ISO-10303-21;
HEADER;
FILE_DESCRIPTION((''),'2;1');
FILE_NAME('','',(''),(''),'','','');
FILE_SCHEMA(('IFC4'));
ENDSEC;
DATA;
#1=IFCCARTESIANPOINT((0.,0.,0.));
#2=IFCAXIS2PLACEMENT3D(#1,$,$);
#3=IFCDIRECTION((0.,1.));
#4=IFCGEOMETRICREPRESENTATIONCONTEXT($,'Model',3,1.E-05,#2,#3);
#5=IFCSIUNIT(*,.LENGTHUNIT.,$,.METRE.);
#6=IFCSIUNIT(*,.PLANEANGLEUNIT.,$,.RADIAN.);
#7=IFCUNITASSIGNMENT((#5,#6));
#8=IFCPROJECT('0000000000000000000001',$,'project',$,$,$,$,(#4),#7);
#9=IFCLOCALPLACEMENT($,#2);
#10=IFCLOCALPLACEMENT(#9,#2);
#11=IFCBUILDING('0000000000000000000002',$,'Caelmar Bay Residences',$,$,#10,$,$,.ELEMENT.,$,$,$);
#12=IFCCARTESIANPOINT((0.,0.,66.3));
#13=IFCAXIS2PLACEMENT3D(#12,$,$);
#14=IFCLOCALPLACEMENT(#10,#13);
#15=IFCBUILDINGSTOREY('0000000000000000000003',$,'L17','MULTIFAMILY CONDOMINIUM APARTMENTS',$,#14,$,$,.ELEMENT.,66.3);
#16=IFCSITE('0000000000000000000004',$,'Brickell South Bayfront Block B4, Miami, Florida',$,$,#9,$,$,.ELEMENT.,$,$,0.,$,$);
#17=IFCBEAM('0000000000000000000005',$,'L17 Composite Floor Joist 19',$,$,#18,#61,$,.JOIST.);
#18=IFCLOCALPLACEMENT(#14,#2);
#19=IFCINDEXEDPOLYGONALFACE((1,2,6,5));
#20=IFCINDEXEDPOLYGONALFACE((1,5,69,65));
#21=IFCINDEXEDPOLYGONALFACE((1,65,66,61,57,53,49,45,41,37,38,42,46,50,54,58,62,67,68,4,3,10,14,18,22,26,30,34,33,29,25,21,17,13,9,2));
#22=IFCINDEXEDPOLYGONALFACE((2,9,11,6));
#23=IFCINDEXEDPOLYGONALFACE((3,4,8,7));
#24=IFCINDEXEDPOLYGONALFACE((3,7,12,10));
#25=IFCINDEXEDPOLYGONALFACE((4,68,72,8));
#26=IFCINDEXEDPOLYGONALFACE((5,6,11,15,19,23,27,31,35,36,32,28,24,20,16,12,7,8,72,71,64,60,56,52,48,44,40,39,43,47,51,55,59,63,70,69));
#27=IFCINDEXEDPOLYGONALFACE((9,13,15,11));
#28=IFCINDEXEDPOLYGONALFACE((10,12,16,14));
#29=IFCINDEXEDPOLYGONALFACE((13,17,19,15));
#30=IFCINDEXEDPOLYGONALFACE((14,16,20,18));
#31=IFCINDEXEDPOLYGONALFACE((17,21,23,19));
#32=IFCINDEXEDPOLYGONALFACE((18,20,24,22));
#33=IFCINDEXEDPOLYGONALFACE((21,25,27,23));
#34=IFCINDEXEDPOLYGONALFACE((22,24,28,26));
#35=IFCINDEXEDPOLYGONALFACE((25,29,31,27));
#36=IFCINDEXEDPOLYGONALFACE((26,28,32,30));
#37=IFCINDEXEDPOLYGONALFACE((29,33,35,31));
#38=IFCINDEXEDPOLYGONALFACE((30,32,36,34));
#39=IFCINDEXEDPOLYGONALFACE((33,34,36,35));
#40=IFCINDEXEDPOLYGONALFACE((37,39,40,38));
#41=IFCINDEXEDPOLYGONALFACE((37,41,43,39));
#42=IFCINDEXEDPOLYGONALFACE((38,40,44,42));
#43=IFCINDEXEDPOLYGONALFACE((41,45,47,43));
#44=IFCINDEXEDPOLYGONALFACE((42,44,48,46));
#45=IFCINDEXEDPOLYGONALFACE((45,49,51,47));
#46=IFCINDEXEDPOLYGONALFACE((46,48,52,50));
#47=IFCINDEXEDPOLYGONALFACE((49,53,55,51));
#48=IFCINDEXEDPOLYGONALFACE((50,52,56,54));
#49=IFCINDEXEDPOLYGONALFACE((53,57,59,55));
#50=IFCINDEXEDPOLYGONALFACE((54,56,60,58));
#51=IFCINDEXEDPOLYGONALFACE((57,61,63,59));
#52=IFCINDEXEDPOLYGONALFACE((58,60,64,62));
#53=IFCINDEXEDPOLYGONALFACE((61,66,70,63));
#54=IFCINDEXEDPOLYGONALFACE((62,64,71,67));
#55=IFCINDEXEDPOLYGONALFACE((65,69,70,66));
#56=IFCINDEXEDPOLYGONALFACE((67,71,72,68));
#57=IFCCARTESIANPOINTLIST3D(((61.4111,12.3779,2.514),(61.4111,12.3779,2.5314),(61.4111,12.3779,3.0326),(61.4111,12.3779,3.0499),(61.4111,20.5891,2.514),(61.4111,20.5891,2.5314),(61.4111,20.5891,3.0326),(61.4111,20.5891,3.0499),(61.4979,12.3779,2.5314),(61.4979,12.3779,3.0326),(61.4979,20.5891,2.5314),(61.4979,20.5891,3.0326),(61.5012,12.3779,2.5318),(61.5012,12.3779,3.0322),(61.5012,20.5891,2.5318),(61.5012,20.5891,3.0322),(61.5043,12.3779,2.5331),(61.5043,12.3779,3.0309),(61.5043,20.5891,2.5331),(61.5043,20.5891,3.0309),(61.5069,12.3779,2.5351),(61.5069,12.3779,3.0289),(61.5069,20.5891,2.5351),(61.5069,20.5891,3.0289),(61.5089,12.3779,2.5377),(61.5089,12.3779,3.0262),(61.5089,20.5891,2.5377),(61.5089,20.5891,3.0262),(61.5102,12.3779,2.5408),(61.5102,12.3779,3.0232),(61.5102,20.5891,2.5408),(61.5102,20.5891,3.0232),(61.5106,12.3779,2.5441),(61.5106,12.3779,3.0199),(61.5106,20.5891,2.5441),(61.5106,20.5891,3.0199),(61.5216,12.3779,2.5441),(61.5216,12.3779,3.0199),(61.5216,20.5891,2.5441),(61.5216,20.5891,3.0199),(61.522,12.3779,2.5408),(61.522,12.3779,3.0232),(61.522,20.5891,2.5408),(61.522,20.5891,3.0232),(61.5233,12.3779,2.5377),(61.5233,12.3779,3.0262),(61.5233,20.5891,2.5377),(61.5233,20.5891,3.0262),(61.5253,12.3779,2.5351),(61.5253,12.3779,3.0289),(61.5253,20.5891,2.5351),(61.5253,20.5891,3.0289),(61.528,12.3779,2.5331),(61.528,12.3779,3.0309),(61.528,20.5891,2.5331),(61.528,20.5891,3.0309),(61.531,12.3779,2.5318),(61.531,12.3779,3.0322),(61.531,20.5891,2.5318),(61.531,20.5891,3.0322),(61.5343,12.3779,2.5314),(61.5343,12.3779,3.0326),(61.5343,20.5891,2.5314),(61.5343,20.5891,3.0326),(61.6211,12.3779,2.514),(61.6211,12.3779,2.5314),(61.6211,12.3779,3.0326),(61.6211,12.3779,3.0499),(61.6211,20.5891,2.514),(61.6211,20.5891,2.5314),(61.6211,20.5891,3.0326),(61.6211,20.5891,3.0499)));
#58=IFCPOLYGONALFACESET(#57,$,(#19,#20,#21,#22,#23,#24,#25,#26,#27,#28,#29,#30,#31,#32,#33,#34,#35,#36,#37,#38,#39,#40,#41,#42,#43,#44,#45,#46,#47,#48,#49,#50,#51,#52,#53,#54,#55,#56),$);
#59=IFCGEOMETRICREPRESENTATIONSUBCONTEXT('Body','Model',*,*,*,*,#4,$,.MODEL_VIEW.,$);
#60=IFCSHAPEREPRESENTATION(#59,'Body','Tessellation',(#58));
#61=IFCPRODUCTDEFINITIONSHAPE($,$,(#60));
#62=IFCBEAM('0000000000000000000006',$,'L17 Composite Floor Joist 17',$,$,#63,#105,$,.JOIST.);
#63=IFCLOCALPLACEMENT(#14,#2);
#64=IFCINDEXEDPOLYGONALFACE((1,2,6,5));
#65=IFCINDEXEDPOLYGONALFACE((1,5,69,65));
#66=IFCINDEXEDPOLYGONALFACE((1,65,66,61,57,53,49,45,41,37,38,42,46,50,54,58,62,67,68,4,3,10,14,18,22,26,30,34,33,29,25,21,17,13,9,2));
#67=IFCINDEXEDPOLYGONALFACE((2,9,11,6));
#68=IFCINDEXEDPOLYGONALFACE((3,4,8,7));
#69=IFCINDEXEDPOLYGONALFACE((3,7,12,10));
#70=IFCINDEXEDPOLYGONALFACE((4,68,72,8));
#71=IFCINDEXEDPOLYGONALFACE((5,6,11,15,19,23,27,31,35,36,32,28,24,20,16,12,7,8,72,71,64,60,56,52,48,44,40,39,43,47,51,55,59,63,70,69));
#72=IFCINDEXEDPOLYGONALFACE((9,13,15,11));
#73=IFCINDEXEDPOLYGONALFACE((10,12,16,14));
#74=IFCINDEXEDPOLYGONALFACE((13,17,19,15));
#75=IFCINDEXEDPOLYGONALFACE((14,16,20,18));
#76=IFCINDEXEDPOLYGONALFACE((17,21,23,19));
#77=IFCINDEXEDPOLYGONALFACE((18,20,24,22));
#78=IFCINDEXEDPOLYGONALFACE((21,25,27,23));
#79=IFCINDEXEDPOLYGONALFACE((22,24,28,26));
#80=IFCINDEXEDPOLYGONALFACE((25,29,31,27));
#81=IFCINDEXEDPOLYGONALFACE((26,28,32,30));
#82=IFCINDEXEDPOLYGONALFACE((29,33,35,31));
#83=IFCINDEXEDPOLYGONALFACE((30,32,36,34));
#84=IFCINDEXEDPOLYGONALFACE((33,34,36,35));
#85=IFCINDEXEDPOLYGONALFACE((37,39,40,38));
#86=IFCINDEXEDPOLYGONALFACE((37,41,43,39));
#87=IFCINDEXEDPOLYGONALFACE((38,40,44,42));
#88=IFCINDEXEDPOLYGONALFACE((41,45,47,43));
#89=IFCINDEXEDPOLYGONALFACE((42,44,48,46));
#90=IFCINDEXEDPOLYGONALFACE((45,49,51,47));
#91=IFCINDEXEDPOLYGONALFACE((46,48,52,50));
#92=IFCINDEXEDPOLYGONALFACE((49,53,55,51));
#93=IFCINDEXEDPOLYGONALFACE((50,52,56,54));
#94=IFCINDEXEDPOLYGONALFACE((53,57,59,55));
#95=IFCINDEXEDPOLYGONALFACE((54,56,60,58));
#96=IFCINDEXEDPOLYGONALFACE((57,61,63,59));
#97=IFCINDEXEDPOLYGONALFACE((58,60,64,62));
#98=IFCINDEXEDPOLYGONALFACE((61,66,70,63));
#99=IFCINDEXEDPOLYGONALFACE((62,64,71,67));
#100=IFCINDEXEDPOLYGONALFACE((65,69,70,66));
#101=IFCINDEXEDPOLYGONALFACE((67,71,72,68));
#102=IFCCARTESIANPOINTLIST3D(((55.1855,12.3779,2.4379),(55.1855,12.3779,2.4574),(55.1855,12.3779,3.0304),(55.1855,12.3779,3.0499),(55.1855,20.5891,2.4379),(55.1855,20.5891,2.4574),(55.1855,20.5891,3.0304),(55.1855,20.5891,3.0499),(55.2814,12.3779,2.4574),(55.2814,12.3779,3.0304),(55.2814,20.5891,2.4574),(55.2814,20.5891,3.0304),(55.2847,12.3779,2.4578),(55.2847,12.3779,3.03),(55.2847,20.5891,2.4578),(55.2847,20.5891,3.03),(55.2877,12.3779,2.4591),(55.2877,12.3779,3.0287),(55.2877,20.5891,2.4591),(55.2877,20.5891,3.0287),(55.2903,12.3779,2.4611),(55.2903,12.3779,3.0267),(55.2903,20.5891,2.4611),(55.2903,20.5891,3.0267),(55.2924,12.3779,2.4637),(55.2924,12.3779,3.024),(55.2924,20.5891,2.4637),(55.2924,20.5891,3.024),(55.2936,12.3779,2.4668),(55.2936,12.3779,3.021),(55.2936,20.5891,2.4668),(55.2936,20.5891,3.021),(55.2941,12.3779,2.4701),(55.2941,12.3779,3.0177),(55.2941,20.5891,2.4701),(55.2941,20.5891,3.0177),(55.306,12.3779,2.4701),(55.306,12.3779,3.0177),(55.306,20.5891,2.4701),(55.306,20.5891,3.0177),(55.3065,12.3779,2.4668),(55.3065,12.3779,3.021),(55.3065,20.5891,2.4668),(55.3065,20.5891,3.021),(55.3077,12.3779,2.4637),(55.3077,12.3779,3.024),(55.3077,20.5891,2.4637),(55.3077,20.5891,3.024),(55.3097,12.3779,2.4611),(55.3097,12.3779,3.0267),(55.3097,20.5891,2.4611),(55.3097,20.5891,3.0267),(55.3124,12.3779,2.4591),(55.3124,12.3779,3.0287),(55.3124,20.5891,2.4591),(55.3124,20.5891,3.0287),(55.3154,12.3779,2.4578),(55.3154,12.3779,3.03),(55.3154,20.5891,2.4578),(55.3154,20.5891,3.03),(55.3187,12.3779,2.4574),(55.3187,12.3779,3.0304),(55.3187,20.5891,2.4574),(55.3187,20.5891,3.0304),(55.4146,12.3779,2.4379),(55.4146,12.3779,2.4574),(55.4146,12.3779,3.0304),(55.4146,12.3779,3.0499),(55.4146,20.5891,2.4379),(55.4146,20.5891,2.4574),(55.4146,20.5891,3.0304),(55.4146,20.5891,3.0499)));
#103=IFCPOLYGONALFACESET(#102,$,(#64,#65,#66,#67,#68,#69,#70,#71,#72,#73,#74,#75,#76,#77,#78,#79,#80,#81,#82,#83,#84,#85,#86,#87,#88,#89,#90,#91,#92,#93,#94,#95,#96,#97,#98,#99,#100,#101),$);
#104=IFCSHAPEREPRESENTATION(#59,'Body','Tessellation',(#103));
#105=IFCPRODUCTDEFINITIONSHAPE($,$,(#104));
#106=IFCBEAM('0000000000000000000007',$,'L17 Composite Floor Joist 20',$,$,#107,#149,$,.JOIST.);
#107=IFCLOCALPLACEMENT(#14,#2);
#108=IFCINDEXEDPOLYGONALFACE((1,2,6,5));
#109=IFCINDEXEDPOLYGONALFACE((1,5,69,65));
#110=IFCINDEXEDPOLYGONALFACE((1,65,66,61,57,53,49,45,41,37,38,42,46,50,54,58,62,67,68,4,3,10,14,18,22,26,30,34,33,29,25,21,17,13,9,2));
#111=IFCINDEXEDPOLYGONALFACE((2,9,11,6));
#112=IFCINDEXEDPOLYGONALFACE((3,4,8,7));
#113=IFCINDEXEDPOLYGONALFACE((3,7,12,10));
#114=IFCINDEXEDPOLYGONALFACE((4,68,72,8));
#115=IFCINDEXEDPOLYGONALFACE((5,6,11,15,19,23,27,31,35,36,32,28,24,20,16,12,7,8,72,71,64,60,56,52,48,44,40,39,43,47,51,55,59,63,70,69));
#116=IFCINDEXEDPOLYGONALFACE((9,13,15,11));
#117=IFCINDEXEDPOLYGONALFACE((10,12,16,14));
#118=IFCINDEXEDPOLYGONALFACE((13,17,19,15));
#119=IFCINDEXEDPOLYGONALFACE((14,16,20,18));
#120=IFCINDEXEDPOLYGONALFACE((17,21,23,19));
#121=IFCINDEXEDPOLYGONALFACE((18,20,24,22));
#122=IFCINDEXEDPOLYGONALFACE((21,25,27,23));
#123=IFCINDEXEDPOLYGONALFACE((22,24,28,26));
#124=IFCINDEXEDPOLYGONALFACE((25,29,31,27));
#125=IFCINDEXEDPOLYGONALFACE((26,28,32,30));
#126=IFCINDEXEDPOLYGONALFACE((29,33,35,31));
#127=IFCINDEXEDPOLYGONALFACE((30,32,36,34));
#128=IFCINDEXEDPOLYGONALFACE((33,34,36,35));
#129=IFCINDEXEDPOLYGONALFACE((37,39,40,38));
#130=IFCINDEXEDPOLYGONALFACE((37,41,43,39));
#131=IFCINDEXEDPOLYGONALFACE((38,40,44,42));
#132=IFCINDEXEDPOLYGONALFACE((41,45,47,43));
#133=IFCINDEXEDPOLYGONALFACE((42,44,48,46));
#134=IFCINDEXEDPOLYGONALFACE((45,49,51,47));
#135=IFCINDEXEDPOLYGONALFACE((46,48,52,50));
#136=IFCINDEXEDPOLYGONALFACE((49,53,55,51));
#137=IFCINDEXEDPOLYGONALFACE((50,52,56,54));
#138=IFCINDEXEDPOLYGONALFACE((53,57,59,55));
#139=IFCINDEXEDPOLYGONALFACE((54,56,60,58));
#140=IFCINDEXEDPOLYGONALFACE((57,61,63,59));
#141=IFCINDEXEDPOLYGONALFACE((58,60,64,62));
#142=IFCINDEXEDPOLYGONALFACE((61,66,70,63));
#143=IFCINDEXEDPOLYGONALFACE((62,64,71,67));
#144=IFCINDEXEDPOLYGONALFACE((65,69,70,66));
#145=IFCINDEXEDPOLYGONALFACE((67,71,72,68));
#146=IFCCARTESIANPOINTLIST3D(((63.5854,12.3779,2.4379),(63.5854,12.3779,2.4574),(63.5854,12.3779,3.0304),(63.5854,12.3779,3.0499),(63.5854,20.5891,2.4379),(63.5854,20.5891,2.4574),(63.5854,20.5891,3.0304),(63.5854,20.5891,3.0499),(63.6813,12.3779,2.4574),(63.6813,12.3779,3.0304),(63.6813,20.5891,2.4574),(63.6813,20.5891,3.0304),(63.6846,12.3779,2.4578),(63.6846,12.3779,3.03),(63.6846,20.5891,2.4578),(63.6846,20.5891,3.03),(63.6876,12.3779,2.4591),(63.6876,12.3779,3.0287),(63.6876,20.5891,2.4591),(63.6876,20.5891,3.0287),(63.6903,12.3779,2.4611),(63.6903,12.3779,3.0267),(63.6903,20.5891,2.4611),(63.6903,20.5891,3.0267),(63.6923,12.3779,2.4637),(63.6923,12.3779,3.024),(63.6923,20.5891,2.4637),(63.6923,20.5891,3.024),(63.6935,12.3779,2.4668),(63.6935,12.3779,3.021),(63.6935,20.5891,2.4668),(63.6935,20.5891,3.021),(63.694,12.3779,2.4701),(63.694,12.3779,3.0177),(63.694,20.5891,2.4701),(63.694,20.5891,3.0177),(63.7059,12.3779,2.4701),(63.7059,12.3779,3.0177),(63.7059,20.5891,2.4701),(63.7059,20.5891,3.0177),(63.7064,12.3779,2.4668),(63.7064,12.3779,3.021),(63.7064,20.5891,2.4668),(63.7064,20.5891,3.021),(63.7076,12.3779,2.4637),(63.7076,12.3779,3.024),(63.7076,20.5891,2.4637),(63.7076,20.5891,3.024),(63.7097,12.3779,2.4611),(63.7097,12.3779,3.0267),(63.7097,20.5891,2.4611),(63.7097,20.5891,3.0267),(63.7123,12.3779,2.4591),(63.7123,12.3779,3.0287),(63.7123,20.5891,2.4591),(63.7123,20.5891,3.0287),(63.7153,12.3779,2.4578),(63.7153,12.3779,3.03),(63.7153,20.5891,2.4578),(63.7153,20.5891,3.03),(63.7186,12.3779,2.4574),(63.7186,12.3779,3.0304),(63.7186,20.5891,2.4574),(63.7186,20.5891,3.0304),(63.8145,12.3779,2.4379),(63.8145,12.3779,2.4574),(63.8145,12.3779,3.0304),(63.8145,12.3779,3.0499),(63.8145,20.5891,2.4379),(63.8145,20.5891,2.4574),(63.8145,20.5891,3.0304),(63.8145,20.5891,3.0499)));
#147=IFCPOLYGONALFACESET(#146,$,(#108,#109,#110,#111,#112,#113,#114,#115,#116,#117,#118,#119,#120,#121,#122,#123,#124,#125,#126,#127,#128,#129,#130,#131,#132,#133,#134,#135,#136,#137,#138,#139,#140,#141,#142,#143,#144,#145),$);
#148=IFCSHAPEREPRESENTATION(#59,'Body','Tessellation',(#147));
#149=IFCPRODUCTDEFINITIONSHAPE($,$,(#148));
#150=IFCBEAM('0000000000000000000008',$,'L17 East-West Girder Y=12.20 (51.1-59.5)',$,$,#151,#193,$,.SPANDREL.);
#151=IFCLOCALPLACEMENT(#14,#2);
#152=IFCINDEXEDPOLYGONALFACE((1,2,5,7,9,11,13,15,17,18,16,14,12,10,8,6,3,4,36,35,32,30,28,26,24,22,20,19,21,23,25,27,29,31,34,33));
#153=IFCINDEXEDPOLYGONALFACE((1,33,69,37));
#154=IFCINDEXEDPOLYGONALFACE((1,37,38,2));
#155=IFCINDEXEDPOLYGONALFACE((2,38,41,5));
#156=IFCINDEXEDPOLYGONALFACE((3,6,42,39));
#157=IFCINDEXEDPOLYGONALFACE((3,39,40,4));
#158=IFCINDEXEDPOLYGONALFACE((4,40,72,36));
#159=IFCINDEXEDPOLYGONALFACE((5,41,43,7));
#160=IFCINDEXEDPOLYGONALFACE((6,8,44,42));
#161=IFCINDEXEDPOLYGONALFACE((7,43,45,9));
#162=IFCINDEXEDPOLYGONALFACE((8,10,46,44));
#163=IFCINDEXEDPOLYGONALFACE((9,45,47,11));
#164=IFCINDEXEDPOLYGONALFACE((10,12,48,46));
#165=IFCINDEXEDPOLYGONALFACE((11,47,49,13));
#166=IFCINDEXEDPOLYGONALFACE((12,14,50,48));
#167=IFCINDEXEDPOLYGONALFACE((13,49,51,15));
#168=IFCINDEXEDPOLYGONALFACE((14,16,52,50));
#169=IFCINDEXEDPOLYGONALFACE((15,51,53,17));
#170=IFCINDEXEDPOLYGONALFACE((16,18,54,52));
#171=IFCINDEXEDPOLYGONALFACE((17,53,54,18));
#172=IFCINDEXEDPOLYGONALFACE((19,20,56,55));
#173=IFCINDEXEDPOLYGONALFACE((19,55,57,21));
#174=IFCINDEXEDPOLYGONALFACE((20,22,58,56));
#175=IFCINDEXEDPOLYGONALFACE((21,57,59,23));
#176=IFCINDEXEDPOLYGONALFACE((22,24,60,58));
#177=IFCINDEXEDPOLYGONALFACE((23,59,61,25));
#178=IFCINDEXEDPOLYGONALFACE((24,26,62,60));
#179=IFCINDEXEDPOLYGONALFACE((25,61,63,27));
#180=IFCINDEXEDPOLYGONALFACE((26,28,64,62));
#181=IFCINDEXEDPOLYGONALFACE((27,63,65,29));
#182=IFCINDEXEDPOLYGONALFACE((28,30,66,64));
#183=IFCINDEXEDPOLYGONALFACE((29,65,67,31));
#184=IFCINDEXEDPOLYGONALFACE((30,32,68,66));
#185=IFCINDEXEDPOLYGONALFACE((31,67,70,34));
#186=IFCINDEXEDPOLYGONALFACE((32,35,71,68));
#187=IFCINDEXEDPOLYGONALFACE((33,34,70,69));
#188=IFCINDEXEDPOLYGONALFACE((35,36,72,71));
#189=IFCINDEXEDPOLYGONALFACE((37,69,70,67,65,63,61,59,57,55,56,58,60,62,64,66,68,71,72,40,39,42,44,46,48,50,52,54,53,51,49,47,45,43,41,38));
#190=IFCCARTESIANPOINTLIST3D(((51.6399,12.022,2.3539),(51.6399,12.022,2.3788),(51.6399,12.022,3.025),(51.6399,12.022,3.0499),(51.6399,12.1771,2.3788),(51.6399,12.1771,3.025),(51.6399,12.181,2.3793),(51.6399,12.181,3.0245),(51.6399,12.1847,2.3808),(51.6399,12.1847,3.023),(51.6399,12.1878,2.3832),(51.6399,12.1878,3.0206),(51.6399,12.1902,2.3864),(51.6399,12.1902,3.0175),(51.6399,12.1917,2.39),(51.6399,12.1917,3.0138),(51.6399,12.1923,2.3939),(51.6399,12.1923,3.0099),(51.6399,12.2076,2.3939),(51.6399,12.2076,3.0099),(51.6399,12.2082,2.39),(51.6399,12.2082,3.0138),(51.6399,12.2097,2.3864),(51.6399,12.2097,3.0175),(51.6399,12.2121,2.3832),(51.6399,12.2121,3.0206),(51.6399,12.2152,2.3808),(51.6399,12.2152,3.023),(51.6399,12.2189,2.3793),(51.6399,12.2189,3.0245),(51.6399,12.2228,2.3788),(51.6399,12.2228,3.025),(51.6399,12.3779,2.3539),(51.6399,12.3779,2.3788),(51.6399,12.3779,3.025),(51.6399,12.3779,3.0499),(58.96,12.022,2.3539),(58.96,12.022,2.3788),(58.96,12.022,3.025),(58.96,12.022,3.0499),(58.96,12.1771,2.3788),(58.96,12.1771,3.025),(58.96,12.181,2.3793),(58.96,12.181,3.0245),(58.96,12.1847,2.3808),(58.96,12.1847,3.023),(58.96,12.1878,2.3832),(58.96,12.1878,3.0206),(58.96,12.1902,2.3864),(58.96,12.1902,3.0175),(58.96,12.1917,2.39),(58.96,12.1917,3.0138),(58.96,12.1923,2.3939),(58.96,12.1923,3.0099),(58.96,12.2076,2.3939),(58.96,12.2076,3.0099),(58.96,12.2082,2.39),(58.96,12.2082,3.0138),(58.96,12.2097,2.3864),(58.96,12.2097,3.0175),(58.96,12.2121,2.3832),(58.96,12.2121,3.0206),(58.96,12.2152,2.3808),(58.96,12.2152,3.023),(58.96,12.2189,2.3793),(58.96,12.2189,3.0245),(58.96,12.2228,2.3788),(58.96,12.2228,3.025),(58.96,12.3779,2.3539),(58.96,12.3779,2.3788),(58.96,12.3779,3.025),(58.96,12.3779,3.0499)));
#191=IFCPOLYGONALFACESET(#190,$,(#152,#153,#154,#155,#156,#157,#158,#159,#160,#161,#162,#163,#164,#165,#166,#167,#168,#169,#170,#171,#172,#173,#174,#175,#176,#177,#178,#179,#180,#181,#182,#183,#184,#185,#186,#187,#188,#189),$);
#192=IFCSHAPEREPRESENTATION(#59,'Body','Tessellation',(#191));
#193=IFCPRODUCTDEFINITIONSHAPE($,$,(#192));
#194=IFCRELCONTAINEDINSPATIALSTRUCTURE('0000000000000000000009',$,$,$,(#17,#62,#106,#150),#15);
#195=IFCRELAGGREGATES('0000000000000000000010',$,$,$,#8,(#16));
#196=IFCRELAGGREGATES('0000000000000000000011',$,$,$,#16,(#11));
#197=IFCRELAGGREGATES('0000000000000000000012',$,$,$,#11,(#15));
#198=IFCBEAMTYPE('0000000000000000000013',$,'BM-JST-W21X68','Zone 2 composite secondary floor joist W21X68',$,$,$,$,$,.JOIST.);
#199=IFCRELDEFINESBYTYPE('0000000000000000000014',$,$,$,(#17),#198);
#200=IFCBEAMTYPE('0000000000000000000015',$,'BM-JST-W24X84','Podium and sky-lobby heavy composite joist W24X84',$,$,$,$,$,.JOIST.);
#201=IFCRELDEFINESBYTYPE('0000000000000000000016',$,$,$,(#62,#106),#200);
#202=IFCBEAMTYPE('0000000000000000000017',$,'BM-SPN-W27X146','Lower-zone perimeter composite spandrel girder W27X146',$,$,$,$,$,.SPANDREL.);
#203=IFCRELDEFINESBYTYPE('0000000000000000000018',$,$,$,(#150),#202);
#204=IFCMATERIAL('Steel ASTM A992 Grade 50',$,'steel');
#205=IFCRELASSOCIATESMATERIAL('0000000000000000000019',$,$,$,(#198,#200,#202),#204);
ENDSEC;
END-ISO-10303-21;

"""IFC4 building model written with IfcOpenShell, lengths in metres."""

from ifc_helpers import new_model, si_unit, direction, frame, origin, origin_2d, place, context, subcontext, project, spatial, i_section, extrude, material, material_profile, profile_set, type_object, element, save


model = new_model("IFC4")

# Units and contexts
model_context = context("Model", 3, precision=1e-05, world=origin(), true_north=direction((0.0, 1.0)))
body_context = subcontext(model_context, "Body", "Model", "MODEL_VIEW")
ifc_project = project(units=[si_unit("LENGTHUNIT", "METRE"), si_unit("PLANEANGLEUNIT", "RADIAN")], contexts=[model_context])

# Site, building, storey
site_placement = place(None, origin())
site = spatial("IfcSite", under=ifc_project, at=site_placement, Name="Brickell South Bayfront Block B4, Miami, Florida", CompositionType="ELEMENT", RefElevation=0.0)
building_placement = place(site_placement, origin())
building = spatial("IfcBuilding", under=site, at=building_placement, Name="Caelmar Bay Residences", CompositionType="ELEMENT")
storey_placement = place(building_placement, frame((0.0, 0.0, 66.3)))
storey = spatial("IfcBuildingStorey", under=building, at=storey_placement, Name="L17", Description="MULTIFAMILY CONDOMINIUM APARTMENTS", CompositionType="ELEMENT", Elevation=66.3)

# Beams
ifc_material_1 = material(Name="Steel ASTM A992 Grade 50", Category="steel")
ifc_material_profile_1 = material_profile(ifc_material_1, i_section(OverallWidth=0.21, OverallDepth=0.5359, WebThickness=0.011, FlangeThickness=0.0173, FilletRadius=0.0127, at=origin_2d()), Name="W21X68")
ifc_profile_set_1 = profile_set([ifc_material_profile_1], Name="Steel ASTM A992 Grade 50")
beam_type_1 = type_object("IfcBeamType", Name="BM-JST-W21X68", Description="Zone 2 composite secondary floor joist W21X68", PredefinedType="JOIST", material=ifc_profile_set_1)
for number, where, z_axis, x_axis, name in (
    (1, (61.5161, 12.3779, 2.782), (0.0, 1.0, 0.0), (-1.0, 0.0, 0.0), "L17 Composite Floor Joist 19"),
):
    element("IfcBeam", number, at=place(storey_placement, frame(where, z_axis=z_axis, x_axis=x_axis)), inside=storey, type_object=beam_type_1, Name=name, PredefinedType="JOIST", context=body_context, shape_type="SweptSolid", body=[
        extrude(i_section(OverallWidth=0.21, OverallDepth=0.5359, WebThickness=0.011, FlangeThickness=0.0173, FilletRadius=0.0127, at=origin_2d()), origin(), (0.0, 0.0, 1.0), 8.2112),
    ])
ifc_material_profile_2 = material_profile(ifc_material_1, i_section(OverallWidth=0.229, OverallDepth=0.6121, WebThickness=0.012, FlangeThickness=0.0195, FilletRadius=0.0127, at=origin_2d()), Name="W24X84")
ifc_profile_set_2 = profile_set([ifc_material_profile_2], Name="Steel ASTM A992 Grade 50")
beam_type_2 = type_object("IfcBeamType", Name="BM-JST-W24X84", Description="Podium and sky-lobby heavy composite joist W24X84", PredefinedType="JOIST", material=ifc_profile_set_2)
for number, where, z_axis, x_axis, name in (
    (2, (55.3, 12.3779, 2.7439), (0.0, 1.0, 0.0), (-1.0, 0.0, 0.0), "L17 Composite Floor Joist 17"),
    (3, (63.7, 12.3779, 2.7439), (0.0, 1.0, 0.0), (-1.0, 0.0, 0.0), "L17 Composite Floor Joist 20"),
):
    element("IfcBeam", number, at=place(storey_placement, frame(where, z_axis=z_axis, x_axis=x_axis)), inside=storey, type_object=beam_type_2, Name=name, PredefinedType="JOIST", context=body_context, shape_type="SweptSolid", body=[
        extrude(i_section(OverallWidth=0.229, OverallDepth=0.6121, WebThickness=0.012, FlangeThickness=0.0195, FilletRadius=0.0127, at=origin_2d()), origin(), (0.0, 0.0, 1.0), 8.2112),
    ])
ifc_material_profile_3 = material_profile(ifc_material_1, i_section(OverallWidth=0.356, OverallDepth=0.696, WebThickness=0.0154, FlangeThickness=0.0249, FilletRadius=0.0151, at=origin_2d()), Name="W27X146")
ifc_profile_set_3 = profile_set([ifc_material_profile_3], Name="Steel ASTM A992 Grade 50")
beam_type_3 = type_object("IfcBeamType", Name="BM-SPN-W27X146", Description="Lower-zone perimeter composite spandrel girder W27X146", PredefinedType="SPANDREL", material=ifc_profile_set_3)
for number, where, z_axis, x_axis, name in (
    (4, (51.6399, 12.2, 2.7019), (1.0, 0.0, 0.0), (0.0, 1.0, 0.0), "L17 East-West Girder Y=12.20 (51.1-59.5)"),
):
    element("IfcBeam", number, at=place(storey_placement, frame(where, z_axis=z_axis, x_axis=x_axis)), inside=storey, type_object=beam_type_3, Name=name, PredefinedType="SPANDREL", context=body_context, shape_type="SweptSolid", body=[
        extrude(i_section(OverallWidth=0.356, OverallDepth=0.696, WebThickness=0.0154, FlangeThickness=0.0249, FilletRadius=0.0151, at=origin_2d()), origin(), (0.0, 0.0, 1.0), 7.3201),
    ])

save(model, "model.ifc")
